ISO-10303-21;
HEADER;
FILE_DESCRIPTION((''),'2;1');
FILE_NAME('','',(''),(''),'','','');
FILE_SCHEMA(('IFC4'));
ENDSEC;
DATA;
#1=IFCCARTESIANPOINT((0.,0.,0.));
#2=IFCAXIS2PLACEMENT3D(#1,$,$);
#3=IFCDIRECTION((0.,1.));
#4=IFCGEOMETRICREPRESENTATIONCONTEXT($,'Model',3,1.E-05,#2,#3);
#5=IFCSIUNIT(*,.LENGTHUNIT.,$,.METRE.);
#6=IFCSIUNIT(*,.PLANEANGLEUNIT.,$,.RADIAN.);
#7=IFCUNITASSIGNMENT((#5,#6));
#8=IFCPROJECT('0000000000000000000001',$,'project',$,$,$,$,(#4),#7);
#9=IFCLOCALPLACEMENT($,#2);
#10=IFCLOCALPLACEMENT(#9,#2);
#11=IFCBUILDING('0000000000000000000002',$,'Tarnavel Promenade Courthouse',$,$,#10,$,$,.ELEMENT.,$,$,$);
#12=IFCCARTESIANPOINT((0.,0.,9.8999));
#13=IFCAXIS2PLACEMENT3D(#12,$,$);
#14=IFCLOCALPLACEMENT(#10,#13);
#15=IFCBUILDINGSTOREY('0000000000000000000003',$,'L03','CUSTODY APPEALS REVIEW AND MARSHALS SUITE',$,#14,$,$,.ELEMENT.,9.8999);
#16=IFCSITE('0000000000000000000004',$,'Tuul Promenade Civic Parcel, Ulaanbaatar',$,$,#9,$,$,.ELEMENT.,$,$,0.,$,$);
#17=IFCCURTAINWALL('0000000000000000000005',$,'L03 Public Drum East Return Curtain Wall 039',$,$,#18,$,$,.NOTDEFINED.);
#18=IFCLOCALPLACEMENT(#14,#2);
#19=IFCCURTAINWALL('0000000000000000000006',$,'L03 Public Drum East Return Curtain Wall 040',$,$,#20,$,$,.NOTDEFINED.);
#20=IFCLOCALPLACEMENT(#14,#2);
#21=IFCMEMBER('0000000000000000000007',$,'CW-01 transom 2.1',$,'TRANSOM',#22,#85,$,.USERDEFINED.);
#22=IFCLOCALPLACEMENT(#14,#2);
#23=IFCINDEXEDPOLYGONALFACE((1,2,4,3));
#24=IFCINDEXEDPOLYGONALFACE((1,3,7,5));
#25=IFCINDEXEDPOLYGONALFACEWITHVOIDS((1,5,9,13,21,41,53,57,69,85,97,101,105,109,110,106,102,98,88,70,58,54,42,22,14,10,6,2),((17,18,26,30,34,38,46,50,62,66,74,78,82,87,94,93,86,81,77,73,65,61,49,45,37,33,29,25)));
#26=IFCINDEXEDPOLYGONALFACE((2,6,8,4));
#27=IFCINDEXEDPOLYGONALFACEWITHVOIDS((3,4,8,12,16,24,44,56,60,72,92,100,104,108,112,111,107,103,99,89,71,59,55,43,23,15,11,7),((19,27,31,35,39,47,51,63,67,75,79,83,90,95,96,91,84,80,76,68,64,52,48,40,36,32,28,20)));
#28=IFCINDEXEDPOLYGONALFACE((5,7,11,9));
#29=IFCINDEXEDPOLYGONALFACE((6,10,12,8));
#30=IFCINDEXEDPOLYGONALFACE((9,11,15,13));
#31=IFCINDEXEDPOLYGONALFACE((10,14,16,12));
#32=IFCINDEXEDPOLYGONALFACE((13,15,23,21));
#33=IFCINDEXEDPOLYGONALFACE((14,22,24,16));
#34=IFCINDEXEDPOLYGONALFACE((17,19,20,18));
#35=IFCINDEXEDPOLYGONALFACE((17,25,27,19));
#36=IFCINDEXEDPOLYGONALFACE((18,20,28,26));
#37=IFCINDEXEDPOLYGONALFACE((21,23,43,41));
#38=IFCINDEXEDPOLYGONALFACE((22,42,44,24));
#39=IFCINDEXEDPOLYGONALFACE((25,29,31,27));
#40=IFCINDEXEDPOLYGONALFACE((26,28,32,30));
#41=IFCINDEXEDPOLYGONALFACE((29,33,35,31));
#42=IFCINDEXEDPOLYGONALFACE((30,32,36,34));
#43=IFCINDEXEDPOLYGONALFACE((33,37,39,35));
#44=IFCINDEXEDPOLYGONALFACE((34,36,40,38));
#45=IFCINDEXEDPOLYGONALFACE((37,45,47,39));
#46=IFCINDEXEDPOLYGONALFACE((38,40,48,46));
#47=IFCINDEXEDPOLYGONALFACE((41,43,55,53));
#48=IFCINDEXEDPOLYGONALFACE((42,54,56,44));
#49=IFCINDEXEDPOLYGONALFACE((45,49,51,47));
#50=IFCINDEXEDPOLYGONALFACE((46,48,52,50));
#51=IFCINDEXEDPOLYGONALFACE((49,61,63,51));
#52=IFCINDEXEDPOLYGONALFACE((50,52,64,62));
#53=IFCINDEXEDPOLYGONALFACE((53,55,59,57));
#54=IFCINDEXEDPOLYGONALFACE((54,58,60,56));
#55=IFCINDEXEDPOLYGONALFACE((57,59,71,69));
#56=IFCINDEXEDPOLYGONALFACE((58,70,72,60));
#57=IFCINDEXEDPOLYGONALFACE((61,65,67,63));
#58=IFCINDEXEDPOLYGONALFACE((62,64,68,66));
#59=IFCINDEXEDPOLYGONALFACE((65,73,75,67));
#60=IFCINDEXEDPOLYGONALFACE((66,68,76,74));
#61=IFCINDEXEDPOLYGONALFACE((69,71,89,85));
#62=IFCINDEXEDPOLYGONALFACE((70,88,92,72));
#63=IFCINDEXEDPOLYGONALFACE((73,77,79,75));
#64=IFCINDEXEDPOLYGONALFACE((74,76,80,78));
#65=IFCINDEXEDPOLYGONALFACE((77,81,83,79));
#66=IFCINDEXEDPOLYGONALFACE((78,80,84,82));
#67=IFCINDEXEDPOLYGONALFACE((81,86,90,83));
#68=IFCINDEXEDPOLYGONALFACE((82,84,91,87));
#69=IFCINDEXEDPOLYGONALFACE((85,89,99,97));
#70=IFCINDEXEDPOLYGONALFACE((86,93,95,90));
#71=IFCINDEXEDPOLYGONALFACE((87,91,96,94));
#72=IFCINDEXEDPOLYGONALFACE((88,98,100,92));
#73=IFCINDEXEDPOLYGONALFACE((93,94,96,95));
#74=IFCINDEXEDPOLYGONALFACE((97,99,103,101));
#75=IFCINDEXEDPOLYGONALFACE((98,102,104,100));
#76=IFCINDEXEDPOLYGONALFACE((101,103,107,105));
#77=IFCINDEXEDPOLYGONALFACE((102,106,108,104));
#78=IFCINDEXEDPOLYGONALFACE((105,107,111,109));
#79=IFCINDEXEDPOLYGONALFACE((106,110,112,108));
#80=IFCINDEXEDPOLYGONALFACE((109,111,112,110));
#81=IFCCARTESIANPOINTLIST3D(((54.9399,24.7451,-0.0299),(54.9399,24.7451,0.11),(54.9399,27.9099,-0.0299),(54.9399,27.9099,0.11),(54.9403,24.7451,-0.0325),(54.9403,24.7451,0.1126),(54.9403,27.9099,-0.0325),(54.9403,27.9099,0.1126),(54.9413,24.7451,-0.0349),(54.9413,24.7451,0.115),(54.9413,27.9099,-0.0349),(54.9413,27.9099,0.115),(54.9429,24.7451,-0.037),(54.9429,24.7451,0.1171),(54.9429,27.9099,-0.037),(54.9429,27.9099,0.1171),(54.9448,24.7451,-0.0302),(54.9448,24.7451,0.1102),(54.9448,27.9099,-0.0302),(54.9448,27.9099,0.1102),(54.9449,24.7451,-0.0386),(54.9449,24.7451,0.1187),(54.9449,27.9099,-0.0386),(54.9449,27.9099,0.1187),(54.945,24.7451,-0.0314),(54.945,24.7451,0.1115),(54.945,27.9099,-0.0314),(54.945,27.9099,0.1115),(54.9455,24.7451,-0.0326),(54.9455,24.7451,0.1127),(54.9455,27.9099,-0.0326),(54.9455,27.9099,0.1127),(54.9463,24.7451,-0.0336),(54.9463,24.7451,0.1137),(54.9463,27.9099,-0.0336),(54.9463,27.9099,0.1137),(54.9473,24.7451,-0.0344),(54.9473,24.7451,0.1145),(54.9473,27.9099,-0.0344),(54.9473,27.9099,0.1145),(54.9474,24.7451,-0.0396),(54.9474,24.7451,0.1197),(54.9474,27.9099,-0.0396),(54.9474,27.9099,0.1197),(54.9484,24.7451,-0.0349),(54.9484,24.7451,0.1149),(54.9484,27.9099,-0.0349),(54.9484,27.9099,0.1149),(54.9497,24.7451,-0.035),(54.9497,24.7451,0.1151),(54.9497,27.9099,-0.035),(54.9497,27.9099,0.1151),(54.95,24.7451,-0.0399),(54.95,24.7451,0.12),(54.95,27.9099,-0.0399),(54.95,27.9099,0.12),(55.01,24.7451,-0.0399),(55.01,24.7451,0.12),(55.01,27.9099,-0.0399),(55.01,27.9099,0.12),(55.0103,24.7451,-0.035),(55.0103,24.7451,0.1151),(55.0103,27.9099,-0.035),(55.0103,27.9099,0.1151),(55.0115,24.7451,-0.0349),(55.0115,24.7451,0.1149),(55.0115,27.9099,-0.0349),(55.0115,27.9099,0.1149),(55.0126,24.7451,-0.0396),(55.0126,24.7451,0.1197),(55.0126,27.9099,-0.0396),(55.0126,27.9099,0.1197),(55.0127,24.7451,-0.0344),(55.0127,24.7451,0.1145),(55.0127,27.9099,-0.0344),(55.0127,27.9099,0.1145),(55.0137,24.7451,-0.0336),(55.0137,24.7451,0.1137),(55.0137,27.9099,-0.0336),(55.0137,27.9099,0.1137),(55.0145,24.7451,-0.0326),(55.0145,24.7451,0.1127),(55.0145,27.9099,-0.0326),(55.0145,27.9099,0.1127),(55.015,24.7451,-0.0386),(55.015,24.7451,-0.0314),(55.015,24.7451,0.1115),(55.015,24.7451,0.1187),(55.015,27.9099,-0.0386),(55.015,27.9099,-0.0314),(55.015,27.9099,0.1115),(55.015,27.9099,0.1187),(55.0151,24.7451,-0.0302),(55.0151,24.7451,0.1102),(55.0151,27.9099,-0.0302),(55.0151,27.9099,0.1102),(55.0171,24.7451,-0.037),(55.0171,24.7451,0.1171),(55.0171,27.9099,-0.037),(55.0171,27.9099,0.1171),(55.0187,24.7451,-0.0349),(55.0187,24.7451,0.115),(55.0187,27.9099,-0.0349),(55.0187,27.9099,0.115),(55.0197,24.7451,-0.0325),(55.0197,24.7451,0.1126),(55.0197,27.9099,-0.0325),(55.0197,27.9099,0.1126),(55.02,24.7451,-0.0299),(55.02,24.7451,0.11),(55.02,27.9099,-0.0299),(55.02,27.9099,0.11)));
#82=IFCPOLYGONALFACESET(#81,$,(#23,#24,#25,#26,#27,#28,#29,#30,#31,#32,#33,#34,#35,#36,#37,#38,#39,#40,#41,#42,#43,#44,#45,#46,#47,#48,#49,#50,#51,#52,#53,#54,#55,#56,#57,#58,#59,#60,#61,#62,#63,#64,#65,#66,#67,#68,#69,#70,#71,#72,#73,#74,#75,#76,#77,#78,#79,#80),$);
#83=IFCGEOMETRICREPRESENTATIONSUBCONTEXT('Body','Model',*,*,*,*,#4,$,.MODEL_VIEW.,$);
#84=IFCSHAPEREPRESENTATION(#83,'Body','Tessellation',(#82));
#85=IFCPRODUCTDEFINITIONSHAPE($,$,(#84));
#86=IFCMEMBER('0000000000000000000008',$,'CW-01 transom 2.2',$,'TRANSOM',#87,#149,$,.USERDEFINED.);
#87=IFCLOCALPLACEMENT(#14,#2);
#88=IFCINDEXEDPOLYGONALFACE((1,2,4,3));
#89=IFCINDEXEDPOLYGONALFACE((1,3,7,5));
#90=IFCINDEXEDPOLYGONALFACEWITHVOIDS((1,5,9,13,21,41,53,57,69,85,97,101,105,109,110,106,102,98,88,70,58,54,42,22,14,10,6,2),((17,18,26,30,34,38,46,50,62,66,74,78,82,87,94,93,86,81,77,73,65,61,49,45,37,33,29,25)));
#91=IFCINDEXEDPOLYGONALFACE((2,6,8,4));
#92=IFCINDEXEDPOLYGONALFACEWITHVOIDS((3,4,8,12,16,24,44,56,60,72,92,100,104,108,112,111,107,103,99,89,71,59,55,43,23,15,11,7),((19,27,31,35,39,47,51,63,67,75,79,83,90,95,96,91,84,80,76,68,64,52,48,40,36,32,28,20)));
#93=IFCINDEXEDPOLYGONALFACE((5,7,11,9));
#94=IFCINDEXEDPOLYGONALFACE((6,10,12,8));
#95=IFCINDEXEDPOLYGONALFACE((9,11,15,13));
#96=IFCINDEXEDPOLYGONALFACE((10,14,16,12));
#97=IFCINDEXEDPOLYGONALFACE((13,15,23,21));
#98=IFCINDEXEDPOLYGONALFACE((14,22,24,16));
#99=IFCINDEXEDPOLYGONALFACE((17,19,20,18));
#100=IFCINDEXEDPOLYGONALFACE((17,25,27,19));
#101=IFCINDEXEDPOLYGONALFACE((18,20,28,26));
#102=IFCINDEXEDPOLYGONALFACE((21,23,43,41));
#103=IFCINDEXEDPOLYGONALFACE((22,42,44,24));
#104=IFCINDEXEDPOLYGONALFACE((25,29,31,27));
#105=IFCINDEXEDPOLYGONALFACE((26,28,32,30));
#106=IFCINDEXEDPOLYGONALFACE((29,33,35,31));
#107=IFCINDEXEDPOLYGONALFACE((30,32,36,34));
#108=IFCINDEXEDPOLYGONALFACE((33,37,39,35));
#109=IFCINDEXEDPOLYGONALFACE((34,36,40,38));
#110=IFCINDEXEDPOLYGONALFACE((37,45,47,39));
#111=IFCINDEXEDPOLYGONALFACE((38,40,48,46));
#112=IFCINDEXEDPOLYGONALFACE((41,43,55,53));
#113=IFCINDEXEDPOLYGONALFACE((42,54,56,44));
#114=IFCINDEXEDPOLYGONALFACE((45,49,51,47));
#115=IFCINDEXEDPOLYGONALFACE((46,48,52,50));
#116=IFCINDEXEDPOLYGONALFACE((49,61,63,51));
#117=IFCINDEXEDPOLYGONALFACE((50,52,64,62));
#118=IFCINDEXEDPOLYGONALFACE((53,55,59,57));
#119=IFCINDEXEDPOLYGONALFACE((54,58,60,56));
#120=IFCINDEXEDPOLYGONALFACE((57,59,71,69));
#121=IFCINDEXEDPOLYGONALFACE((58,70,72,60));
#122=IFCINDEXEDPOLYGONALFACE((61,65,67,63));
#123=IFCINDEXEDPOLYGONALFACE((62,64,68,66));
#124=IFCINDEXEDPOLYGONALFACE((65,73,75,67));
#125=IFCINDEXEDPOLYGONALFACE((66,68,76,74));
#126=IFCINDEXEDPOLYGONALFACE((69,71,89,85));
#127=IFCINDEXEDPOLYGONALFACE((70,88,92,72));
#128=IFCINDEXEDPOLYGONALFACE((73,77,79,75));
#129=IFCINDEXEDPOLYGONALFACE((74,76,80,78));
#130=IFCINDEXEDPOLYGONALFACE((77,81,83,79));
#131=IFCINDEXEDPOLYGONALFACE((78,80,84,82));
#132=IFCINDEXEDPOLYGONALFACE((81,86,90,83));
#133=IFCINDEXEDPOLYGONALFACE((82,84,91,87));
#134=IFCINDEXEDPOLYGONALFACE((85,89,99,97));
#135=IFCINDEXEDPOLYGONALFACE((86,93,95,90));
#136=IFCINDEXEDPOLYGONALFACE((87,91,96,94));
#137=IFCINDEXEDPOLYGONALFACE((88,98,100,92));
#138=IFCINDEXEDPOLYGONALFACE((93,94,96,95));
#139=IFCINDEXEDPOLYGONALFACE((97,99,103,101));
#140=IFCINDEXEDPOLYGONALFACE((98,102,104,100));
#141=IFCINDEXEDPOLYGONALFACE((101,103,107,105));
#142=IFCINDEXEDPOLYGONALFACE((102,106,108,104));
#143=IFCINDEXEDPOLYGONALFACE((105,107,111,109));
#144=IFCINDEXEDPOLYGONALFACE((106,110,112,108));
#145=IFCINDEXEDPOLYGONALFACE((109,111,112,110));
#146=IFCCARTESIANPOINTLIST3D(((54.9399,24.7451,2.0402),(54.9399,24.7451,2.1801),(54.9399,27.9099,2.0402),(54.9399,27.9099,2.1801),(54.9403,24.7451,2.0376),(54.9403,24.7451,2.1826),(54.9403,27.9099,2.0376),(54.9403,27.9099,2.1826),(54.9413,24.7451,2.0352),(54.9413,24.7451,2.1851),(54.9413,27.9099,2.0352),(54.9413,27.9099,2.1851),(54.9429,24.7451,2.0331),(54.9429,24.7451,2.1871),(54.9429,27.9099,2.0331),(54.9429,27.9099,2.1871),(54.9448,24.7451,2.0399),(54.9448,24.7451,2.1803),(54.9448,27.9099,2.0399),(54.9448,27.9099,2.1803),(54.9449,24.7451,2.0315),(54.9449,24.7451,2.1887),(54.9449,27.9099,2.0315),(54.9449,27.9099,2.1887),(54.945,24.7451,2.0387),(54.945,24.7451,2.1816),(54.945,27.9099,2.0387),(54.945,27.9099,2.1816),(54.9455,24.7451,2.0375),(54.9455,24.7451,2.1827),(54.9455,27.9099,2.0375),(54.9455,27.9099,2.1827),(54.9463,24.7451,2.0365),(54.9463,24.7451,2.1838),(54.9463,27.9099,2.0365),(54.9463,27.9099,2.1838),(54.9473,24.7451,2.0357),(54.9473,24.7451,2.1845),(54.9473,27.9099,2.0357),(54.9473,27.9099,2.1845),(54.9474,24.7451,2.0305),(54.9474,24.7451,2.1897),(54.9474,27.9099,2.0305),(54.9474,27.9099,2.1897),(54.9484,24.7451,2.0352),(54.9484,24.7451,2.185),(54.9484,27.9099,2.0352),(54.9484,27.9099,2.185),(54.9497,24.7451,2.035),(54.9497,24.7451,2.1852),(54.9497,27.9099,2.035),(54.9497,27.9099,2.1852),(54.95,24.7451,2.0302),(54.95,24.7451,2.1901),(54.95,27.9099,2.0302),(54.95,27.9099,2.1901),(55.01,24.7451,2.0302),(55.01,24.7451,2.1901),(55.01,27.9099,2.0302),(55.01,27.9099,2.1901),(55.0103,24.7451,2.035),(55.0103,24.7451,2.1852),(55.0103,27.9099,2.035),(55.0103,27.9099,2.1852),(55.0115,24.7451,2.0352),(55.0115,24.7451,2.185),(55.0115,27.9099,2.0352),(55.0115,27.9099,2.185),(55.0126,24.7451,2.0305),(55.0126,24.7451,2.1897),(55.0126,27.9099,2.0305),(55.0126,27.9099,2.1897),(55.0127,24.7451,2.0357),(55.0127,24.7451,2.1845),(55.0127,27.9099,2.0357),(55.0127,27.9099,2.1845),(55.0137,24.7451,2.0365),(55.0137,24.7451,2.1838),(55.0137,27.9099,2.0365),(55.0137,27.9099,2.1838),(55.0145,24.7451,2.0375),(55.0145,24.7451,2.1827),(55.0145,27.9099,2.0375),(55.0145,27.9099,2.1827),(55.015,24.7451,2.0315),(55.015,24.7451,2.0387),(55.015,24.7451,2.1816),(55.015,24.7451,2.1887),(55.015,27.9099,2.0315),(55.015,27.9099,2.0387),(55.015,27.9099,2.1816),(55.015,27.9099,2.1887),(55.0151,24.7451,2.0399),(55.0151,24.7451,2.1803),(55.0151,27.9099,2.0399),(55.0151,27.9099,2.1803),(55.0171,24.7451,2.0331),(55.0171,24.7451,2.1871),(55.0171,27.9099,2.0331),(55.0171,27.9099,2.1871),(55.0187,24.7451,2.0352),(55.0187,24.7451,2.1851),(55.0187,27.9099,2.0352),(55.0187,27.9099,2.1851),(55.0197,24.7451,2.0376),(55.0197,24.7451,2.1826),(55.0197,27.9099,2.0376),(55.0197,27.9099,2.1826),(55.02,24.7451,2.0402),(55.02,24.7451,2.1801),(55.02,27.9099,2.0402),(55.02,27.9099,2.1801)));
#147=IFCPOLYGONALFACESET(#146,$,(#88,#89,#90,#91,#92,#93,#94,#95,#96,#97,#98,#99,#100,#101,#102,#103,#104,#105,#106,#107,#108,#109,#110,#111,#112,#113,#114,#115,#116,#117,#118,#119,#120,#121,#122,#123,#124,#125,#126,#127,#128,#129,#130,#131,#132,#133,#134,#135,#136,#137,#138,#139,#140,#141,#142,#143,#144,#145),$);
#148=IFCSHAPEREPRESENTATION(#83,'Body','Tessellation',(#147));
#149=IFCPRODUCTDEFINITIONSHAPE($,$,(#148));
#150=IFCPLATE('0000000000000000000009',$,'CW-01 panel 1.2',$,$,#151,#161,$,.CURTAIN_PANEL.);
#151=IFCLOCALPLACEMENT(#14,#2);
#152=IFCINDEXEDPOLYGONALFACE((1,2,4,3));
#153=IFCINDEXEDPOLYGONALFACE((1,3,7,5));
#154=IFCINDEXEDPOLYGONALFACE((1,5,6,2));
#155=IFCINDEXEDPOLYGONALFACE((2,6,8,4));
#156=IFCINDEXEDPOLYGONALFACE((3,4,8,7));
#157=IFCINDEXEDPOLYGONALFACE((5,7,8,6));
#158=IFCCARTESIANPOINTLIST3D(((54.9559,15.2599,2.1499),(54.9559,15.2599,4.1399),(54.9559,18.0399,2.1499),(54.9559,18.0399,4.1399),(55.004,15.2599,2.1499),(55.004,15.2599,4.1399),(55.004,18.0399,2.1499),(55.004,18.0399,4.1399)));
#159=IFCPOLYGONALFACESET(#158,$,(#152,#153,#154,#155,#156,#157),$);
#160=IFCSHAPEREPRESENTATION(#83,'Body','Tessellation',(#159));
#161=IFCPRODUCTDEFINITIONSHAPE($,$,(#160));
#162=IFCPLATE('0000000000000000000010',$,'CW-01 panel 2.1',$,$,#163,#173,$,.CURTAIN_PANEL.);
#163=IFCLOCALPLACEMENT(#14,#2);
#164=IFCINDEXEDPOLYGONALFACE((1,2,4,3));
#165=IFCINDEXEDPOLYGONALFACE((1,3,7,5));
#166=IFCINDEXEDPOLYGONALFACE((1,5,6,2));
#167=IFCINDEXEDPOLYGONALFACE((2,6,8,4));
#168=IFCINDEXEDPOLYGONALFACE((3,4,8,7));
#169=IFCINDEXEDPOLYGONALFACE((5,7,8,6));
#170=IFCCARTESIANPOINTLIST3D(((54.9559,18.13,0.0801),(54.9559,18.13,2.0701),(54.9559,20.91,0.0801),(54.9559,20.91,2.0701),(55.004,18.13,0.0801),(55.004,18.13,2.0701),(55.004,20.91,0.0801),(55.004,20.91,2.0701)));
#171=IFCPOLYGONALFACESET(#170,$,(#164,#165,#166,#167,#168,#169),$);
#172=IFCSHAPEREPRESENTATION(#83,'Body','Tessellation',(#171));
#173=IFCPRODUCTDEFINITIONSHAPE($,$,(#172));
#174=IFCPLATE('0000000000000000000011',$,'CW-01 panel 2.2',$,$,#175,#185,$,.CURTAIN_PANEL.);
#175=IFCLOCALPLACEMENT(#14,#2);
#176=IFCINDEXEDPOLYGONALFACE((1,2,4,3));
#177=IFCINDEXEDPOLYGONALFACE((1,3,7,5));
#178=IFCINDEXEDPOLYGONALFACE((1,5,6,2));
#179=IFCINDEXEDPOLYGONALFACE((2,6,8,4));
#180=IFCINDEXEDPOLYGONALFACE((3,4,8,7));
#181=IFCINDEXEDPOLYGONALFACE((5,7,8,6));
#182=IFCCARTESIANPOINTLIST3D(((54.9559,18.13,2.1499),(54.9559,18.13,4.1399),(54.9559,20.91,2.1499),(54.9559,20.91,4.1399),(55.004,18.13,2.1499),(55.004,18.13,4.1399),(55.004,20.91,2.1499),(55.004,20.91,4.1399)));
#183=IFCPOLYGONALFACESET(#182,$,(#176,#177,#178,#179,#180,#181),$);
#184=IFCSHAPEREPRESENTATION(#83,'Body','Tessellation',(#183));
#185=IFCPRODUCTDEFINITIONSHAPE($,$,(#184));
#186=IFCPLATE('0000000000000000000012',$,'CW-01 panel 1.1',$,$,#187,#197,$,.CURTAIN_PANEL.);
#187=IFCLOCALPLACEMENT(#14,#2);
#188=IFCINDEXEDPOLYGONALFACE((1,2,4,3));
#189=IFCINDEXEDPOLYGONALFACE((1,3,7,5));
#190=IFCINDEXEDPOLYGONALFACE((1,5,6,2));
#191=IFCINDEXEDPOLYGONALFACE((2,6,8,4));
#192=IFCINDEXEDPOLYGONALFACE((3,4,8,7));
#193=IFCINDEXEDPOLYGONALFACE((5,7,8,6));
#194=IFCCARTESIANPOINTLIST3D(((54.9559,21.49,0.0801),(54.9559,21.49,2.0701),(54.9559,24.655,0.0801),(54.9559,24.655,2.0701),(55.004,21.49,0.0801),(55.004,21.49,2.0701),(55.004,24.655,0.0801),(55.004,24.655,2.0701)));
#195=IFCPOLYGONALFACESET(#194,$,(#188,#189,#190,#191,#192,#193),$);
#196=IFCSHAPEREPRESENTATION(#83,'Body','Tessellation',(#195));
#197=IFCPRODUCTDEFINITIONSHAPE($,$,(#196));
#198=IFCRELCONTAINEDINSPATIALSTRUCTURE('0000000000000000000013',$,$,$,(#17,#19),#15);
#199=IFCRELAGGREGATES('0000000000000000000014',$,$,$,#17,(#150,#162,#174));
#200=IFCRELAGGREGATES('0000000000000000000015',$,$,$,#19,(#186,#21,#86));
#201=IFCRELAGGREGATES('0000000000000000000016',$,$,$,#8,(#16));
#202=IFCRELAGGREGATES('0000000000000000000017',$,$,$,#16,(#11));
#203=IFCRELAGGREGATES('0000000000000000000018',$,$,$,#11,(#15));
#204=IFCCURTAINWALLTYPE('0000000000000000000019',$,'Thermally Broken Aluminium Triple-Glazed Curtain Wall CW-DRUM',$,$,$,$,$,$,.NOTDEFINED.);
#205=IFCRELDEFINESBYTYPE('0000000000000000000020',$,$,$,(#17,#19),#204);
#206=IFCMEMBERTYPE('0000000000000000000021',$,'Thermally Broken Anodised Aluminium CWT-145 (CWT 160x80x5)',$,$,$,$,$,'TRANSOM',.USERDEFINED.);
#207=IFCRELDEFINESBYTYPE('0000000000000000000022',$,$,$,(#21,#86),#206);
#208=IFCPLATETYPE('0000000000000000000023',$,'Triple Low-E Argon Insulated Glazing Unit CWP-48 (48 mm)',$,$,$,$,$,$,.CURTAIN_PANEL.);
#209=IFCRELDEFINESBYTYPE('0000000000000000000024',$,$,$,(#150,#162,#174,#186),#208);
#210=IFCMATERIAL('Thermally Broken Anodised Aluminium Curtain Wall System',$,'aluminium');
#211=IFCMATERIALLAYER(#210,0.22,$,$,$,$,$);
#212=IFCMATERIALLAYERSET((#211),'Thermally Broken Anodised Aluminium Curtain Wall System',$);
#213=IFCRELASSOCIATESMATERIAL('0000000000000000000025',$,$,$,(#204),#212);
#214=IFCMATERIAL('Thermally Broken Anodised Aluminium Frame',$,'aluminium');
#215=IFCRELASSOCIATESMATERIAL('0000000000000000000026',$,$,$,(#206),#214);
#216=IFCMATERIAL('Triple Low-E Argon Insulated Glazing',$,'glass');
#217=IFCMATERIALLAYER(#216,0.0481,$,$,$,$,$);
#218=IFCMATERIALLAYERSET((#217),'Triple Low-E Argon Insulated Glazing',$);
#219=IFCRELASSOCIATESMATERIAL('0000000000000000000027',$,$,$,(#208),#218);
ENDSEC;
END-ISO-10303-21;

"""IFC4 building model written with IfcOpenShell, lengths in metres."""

from ifc_helpers import new_model, si_unit, direction, frame, origin, origin_2d, place, context, subcontext, project, spatial, rectangle, hollow_rectangle, extrude, material, layer, layer_set, material_profile, profile_set, type_object, element, aggregate, save


model = new_model("IFC4")

# Units and contexts
model_context = context("Model", 3, precision=1e-05, world=origin(), true_north=direction((0.0, 1.0)))
body_context = subcontext(model_context, "Body", "Model", "MODEL_VIEW")
ifc_project = project(units=[si_unit("LENGTHUNIT", "METRE"), si_unit("PLANEANGLEUNIT", "RADIAN")], contexts=[model_context])

# Site, building, storey
site_placement = place(None, origin())
site = spatial("IfcSite", under=ifc_project, at=site_placement, Name="Tuul Promenade Civic Parcel, Ulaanbaatar", CompositionType="ELEMENT", RefElevation=0.0)
building_placement = place(site_placement, origin())
building = spatial("IfcBuilding", under=site, at=building_placement, Name="Tarnavel Promenade Courthouse", CompositionType="ELEMENT")
storey_placement = place(building_placement, frame((0.0, 0.0, 9.8999)))
storey = spatial("IfcBuildingStorey", under=building, at=storey_placement, Name="L03", Description="CUSTODY APPEALS REVIEW AND MARSHALS SUITE", CompositionType="ELEMENT", Elevation=9.8999)

# Curtain walls
ifc_material_1 = material(Name="Thermally Broken Anodised Aluminium Curtain Wall System", Category="aluminium")
ifc_layer_1 = layer(ifc_material_1, 0.22)
ifc_layer_set_1 = layer_set([ifc_layer_1], Name="Thermally Broken Anodised Aluminium Curtain Wall System")
curtain_wall_type = type_object("IfcCurtainWallType", Name="Thermally Broken Aluminium Triple-Glazed Curtain Wall CW-DRUM", PredefinedType="NOTDEFINED", material=ifc_layer_set_1)
curtain_wall_1_placement = place(storey_placement, origin())
curtain_wall_1 = element("IfcCurtainWall", 1, at=curtain_wall_1_placement, inside=storey, type_object=curtain_wall_type, Name="L03 Public Drum East Return Curtain Wall 039", PredefinedType="NOTDEFINED")
ifc_material_2 = material(Name="Thermally Broken Anodised Aluminium Frame", Category="aluminium")
curtain_wall_2_placement = place(storey_placement, origin())
curtain_wall_2 = element("IfcCurtainWall", 2, at=curtain_wall_2_placement, inside=storey, type_object=curtain_wall_type, Name="L03 Public Drum East Return Curtain Wall 040", PredefinedType="NOTDEFINED")

# Members
ifc_material_profile_1 = material_profile(ifc_material_2, hollow_rectangle(XDim=0.0801, YDim=0.1599, WallThickness=0.0049, InnerFilletRadius=0.0049, OuterFilletRadius=0.01, at=origin_2d()), Name="CWT 160x80x5")
ifc_profile_set_1 = profile_set([ifc_material_profile_1], Name="Thermally Broken Anodised Aluminium Frame")
member_type_1 = type_object("IfcMemberType", Name="Thermally Broken Anodised Aluminium CWT-145 (CWT 160x80x5)", ElementType="TRANSOM", PredefinedType="USERDEFINED", material=ifc_profile_set_1)
member_1_placement = place(storey_placement, frame((54.98, 24.7451, 0.04), z_axis=(0.0, 1.0, 0.0), x_axis=(-1.0, 0.0, 0.0)))
member_1 = element("IfcMember", 3, at=member_1_placement, type_object=member_type_1, Name="CW-01 transom 2.1", ObjectType="TRANSOM", PredefinedType="USERDEFINED", context=body_context, shape_type="SweptSolid", body=[
    extrude(hollow_rectangle(XDim=0.0801, YDim=0.1599, WallThickness=0.0049, InnerFilletRadius=0.0049, OuterFilletRadius=0.01, at=origin_2d()), origin(), (0.0, 0.0, 1.0), 3.1648),
])
member_2_placement = place(storey_placement, frame((54.98, 24.7451, 2.1101), z_axis=(0.0, 1.0, 0.0), x_axis=(-1.0, 0.0, 0.0)))
member_2 = element("IfcMember", 4, at=member_2_placement, type_object=member_type_1, Name="CW-01 transom 2.2", ObjectType="TRANSOM", PredefinedType="USERDEFINED", context=body_context, shape_type="SweptSolid", body=[
    extrude(hollow_rectangle(XDim=0.0801, YDim=0.1599, WallThickness=0.0049, InnerFilletRadius=0.0049, OuterFilletRadius=0.01, at=origin_2d()), origin(), (0.0, 0.0, 1.0), 3.1648),
])

# Plates
ifc_material_3 = material(Name="Triple Low-E Argon Insulated Glazing", Category="glass")
ifc_layer_2 = layer(ifc_material_3, 0.0481)
ifc_layer_set_2 = layer_set([ifc_layer_2], Name="Triple Low-E Argon Insulated Glazing")
plate_type = type_object("IfcPlateType", Name="Triple Low-E Argon Insulated Glazing Unit CWP-48 (48 mm)", PredefinedType="CURTAIN_PANEL", material=ifc_layer_set_2)
plate_1_placement = place(storey_placement, frame((54.98, 16.6499, 2.1499), z_axis=(0.0, 0.0, 1.0), x_axis=(0.0, 1.0, 0.0)))
plate_1 = element("IfcPlate", 5, at=plate_1_placement, type_object=plate_type, Name="CW-01 panel 1.2", PredefinedType="CURTAIN_PANEL", context=body_context, shape_type="SweptSolid", body=[
    extrude(rectangle(XDim=2.78, YDim=0.0481, at=origin_2d()), origin(), (0.0, 0.0, 1.0), 1.99),
])
plate_2_placement = place(storey_placement, frame((54.98, 19.52, 0.0801), z_axis=(0.0, 0.0, 1.0), x_axis=(0.0, 1.0, 0.0)))
plate_2 = element("IfcPlate", 6, at=plate_2_placement, type_object=plate_type, Name="CW-01 panel 2.1", PredefinedType="CURTAIN_PANEL", context=body_context, shape_type="SweptSolid", body=[
    extrude(rectangle(XDim=2.78, YDim=0.0481, at=origin_2d()), origin(), (0.0, 0.0, 1.0), 1.99),
])
plate_3_placement = place(storey_placement, frame((54.98, 19.52, 2.1499), z_axis=(0.0, 0.0, 1.0), x_axis=(0.0, 1.0, 0.0)))
plate_3 = element("IfcPlate", 7, at=plate_3_placement, type_object=plate_type, Name="CW-01 panel 2.2", PredefinedType="CURTAIN_PANEL", context=body_context, shape_type="SweptSolid", body=[
    extrude(rectangle(XDim=2.78, YDim=0.0481, at=origin_2d()), origin(), (0.0, 0.0, 1.0), 1.99),
])
aggregate(curtain_wall_1, [plate_1, plate_2, plate_3])
plate_4_placement = place(storey_placement, frame((54.98, 23.0725, 0.0801), z_axis=(0.0, 0.0, 1.0), x_axis=(0.0, 1.0, 0.0)))
plate_4 = element("IfcPlate", 8, at=plate_4_placement, type_object=plate_type, Name="CW-01 panel 1.1", PredefinedType="CURTAIN_PANEL", context=body_context, shape_type="SweptSolid", body=[
    extrude(rectangle(XDim=3.165, YDim=0.0481, at=origin_2d()), origin(), (0.0, 0.0, 1.0), 1.99),
])
aggregate(curtain_wall_2, [plate_4, member_1, member_2])

save(model, "model.ifc")
